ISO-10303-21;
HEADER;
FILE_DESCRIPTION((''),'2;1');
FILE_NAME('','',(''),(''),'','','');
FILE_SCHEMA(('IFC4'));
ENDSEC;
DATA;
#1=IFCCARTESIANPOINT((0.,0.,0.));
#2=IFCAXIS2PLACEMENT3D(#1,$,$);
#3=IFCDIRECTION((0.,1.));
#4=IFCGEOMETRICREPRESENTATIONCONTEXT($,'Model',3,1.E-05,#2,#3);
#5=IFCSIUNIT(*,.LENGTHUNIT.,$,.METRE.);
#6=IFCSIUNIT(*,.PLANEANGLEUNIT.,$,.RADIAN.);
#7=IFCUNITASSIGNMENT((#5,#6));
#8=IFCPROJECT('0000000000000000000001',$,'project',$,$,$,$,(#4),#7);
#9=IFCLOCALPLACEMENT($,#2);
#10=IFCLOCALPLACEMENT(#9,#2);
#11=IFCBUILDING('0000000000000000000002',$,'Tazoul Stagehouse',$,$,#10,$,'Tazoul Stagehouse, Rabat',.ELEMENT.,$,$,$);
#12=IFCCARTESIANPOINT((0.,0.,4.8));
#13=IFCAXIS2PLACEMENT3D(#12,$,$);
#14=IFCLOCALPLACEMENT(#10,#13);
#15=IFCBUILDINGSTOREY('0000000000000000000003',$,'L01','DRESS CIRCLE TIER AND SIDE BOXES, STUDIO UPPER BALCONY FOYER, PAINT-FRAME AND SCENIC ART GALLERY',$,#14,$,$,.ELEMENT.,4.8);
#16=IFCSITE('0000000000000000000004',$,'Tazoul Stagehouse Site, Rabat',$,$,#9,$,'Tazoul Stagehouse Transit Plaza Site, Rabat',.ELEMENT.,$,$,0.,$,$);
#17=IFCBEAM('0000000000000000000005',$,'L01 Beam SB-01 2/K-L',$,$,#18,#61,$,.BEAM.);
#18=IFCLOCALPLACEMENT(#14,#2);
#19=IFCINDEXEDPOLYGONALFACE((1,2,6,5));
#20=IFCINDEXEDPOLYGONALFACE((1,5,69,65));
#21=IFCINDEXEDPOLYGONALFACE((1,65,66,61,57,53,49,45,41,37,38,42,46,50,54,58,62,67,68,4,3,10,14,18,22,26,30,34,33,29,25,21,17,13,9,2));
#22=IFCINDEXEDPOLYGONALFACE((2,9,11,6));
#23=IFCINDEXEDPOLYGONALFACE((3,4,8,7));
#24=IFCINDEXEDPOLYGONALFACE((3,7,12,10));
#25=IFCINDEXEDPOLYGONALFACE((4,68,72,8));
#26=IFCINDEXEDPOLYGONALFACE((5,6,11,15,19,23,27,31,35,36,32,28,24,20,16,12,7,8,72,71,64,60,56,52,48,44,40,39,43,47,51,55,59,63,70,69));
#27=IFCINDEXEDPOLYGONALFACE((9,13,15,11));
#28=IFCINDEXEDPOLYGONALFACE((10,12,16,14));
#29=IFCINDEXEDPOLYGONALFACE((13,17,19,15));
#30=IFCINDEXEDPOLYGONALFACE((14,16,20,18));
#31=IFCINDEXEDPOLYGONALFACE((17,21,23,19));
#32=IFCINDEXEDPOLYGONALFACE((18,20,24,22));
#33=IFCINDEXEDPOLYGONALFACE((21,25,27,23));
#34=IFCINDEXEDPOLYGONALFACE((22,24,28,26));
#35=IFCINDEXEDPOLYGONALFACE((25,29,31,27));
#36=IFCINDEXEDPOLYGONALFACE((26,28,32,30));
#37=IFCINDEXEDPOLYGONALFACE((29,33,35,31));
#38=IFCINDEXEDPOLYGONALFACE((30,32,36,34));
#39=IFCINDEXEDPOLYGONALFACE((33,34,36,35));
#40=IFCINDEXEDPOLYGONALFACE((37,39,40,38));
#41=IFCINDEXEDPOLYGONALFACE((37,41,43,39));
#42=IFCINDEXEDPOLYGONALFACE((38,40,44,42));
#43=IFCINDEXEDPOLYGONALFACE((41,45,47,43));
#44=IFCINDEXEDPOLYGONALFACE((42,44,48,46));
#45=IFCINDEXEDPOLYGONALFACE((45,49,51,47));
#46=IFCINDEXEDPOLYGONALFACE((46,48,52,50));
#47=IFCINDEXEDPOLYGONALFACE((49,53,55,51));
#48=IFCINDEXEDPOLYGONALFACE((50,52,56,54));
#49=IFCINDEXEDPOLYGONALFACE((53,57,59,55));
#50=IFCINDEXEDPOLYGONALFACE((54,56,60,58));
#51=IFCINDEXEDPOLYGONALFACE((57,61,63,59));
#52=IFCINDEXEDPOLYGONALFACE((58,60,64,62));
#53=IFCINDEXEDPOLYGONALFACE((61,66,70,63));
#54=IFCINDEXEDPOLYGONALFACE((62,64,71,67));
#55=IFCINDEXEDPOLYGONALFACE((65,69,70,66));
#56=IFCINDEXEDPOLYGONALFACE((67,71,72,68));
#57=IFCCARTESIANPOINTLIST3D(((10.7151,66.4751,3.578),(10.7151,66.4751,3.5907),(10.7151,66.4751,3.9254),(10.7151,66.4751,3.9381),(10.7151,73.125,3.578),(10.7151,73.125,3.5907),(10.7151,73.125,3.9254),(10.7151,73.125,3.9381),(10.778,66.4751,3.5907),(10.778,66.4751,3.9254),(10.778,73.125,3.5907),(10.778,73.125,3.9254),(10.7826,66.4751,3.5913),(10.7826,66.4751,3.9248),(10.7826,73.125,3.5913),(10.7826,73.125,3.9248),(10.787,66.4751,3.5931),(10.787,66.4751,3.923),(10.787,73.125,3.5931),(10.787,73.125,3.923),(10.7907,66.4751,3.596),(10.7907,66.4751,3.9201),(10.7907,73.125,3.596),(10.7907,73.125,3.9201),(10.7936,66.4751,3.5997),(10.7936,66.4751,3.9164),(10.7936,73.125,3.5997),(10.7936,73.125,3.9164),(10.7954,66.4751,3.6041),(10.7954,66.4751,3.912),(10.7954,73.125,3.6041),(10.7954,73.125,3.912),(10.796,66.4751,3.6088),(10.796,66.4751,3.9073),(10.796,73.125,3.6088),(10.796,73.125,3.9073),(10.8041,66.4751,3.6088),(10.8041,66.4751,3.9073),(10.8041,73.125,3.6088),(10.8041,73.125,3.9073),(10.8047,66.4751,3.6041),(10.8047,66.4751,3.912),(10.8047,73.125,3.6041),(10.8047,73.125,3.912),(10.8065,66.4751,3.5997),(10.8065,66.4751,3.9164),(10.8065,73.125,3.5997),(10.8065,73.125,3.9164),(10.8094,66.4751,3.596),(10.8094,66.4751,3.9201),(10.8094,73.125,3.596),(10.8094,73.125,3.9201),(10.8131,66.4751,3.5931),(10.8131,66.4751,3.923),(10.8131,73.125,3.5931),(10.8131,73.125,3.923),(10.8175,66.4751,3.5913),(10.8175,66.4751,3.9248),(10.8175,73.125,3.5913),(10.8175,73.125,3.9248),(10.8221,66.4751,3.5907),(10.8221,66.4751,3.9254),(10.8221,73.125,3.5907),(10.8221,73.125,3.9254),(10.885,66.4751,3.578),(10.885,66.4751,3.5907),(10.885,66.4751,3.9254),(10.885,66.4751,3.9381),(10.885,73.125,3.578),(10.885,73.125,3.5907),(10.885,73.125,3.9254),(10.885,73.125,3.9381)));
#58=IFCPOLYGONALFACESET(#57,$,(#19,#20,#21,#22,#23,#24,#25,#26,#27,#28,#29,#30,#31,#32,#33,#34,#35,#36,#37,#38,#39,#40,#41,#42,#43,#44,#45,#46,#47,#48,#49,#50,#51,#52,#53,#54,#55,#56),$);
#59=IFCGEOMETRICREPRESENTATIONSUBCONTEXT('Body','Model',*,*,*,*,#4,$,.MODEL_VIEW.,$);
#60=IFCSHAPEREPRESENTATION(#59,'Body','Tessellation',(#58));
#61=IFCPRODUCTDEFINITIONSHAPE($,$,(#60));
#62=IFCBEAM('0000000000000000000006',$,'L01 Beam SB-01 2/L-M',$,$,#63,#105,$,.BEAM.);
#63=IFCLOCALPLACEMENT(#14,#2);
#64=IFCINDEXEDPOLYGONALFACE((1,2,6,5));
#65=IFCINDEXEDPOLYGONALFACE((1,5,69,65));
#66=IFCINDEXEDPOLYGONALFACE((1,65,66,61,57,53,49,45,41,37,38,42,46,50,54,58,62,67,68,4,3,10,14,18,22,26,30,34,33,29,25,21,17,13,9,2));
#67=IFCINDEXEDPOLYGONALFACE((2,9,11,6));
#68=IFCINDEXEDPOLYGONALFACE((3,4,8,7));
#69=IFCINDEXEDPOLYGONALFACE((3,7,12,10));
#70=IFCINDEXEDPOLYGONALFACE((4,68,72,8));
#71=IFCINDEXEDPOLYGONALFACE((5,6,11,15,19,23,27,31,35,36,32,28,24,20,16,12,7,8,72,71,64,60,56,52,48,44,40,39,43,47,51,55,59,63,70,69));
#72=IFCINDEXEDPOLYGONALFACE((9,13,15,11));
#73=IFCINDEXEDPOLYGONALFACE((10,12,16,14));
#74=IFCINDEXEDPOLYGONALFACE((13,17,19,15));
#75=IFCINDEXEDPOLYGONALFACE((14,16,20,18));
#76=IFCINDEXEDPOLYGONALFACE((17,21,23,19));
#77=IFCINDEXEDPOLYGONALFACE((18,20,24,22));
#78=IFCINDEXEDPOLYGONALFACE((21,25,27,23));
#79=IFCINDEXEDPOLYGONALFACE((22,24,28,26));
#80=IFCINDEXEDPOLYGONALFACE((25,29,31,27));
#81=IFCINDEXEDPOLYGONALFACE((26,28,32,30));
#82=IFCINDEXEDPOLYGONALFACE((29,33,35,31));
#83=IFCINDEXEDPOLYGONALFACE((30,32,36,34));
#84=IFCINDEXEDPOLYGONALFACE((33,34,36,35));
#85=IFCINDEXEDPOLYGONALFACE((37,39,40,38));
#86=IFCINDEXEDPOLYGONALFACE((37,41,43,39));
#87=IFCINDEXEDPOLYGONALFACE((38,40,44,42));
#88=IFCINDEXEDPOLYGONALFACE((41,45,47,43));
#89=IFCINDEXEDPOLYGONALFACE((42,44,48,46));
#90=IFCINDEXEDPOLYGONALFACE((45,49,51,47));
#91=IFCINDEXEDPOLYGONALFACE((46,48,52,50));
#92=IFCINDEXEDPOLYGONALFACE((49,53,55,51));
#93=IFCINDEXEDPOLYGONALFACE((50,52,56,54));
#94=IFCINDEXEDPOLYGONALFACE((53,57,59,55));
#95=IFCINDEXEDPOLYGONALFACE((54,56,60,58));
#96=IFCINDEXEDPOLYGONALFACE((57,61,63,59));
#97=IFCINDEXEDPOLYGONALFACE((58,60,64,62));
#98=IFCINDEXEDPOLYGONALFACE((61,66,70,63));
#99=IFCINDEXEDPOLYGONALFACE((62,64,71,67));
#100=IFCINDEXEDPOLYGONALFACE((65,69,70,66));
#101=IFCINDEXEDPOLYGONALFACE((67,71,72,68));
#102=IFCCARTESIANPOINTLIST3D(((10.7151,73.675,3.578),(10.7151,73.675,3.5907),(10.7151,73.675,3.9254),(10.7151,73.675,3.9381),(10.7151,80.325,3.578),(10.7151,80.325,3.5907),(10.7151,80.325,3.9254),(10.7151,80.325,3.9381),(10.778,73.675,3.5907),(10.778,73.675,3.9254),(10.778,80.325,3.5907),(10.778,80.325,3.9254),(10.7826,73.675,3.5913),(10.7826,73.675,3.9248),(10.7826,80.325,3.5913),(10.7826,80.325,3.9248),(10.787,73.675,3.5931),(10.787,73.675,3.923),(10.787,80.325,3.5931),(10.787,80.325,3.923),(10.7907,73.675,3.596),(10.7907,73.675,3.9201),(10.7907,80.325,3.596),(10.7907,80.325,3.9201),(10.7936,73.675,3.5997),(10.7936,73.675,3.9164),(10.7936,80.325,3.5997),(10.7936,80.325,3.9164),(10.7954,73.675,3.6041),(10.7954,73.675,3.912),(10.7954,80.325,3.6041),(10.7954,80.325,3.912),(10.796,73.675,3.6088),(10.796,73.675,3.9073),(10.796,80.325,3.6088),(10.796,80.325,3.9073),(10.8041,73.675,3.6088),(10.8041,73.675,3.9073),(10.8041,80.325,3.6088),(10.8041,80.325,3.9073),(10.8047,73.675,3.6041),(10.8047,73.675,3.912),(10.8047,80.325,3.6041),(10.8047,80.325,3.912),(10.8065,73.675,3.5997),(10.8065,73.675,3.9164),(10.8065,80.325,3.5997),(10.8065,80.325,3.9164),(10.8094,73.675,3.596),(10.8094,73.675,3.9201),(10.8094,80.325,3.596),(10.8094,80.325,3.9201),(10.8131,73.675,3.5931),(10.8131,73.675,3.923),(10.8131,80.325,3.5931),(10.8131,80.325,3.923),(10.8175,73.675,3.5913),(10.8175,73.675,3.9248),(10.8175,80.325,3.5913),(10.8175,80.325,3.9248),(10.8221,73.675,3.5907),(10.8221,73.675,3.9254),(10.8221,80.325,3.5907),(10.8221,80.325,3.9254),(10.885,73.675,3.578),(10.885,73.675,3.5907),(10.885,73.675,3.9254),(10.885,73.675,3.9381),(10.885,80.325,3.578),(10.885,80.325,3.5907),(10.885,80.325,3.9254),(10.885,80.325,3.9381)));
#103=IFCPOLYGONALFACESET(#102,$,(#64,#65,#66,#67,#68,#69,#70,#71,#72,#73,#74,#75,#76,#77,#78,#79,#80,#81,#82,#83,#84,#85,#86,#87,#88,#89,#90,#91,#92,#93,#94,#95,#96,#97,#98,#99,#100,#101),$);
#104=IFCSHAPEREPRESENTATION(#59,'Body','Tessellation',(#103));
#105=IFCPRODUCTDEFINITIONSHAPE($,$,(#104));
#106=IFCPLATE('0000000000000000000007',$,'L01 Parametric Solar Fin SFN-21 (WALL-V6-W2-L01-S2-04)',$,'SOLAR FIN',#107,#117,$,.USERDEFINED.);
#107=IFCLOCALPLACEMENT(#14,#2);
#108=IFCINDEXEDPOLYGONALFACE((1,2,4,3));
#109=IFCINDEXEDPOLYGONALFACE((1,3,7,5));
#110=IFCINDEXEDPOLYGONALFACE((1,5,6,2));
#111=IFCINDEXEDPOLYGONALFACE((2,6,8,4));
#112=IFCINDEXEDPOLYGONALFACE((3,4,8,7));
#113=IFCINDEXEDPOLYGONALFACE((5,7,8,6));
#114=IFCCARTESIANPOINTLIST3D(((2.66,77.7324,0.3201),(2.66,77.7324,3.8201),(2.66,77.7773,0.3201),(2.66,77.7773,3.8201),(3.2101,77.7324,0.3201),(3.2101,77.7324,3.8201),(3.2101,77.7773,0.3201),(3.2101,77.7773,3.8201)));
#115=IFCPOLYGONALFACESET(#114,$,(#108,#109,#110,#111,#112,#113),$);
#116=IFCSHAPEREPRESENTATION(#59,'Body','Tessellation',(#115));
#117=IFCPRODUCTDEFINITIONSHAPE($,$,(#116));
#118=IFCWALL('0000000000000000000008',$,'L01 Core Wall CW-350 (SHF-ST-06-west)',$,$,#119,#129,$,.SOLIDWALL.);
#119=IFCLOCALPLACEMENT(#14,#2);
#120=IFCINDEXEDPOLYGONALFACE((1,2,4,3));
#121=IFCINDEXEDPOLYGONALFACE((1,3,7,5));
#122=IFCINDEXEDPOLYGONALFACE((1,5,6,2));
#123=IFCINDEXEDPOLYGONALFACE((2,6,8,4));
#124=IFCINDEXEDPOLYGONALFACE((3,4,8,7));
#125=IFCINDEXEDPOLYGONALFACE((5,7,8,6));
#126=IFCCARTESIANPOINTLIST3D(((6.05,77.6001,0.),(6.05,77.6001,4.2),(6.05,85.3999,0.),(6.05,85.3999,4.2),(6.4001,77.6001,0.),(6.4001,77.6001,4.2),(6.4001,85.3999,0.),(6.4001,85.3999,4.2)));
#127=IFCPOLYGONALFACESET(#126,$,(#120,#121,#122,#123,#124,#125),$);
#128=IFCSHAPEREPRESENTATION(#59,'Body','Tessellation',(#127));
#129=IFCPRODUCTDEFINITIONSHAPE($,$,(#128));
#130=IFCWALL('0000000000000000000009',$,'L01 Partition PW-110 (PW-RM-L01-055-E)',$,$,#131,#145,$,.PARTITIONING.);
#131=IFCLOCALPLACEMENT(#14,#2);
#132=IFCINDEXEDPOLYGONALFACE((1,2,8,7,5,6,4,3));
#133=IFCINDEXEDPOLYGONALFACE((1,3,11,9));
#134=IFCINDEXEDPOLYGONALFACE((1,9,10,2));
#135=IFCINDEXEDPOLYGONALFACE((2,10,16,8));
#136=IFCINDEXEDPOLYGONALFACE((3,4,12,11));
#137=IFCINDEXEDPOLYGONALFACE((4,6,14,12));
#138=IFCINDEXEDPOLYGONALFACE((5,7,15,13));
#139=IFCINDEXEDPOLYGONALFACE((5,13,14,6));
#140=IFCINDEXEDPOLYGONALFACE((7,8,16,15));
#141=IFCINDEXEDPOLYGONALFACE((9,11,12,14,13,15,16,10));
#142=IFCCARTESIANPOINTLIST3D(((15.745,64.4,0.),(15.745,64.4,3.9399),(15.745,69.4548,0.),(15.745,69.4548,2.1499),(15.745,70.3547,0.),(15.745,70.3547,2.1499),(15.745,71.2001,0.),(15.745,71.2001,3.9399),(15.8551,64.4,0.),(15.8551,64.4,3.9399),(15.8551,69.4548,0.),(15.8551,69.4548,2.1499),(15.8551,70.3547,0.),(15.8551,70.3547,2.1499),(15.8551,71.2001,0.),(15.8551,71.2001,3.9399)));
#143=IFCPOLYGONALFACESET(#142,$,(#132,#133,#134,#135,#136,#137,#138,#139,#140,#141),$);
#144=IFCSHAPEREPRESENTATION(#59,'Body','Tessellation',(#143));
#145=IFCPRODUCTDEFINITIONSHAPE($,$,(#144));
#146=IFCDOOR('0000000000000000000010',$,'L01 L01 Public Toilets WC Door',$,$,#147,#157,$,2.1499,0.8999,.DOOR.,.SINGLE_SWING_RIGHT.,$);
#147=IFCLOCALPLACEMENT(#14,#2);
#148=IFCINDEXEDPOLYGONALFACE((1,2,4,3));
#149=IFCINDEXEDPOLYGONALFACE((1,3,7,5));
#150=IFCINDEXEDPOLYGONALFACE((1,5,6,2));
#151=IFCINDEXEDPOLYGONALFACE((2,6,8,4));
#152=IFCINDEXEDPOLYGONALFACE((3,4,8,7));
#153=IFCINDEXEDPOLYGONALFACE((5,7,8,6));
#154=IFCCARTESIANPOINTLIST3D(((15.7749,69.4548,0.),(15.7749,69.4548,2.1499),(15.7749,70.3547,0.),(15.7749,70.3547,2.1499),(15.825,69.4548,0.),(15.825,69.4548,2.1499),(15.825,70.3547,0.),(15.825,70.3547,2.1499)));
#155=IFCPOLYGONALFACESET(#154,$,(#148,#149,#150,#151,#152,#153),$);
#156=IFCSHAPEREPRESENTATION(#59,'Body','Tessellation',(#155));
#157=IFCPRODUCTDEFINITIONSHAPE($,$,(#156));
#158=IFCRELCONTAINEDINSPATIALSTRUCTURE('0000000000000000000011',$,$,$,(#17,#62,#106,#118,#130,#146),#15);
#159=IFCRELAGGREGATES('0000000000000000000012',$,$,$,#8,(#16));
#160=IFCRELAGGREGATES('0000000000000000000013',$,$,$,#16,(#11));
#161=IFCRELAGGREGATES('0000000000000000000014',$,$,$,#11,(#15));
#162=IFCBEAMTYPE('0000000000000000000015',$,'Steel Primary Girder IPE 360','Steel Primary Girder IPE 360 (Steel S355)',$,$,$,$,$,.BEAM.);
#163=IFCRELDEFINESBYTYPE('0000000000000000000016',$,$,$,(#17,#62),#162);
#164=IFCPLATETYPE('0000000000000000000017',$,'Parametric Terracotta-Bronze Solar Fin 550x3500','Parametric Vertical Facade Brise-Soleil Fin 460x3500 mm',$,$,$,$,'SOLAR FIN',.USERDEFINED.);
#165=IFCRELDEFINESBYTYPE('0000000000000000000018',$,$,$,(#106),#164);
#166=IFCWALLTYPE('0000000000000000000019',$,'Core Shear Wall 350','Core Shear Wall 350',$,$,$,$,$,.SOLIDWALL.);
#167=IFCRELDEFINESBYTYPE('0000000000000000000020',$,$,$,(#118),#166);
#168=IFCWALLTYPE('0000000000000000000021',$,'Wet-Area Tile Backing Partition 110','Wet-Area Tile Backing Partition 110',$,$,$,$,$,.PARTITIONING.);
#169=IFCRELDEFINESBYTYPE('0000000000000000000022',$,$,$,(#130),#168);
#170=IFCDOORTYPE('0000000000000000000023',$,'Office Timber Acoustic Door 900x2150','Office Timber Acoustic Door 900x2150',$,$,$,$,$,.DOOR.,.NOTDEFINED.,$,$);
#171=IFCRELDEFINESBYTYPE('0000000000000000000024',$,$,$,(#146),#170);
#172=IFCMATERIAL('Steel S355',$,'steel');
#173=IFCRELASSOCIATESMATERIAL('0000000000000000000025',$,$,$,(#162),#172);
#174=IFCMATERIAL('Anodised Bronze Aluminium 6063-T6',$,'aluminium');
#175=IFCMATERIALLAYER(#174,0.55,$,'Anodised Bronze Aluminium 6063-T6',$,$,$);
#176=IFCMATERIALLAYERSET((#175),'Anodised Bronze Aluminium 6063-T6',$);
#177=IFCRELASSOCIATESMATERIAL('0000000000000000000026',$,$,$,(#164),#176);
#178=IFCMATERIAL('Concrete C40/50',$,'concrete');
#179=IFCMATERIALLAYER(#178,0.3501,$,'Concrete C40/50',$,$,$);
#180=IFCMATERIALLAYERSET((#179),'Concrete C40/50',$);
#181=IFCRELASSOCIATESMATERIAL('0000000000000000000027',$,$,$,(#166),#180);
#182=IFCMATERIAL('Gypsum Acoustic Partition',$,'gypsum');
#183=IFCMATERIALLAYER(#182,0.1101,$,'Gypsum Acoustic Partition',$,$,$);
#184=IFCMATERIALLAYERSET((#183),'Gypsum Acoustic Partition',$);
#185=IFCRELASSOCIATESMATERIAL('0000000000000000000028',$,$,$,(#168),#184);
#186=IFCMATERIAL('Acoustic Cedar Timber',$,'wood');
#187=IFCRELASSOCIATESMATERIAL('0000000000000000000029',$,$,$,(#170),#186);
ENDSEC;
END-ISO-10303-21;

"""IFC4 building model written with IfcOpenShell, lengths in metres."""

from ifc_helpers import new_model, si_unit, direction, frame, frame_2d, origin, origin_2d, place, context, subcontext, project, spatial, rectangle, i_section, extrude, material, layer, layer_set, material_profile, profile_set, type_object, element, fill, save


model = new_model("IFC4")

# Units and contexts
model_context = context("Model", 3, precision=1e-05, world=origin(), true_north=direction((0.0, 1.0)))
body_context = subcontext(model_context, "Body", "Model", "MODEL_VIEW")
ifc_project = project(units=[si_unit("LENGTHUNIT", "METRE"), si_unit("PLANEANGLEUNIT", "RADIAN")], contexts=[model_context])

# Site, building, storey
site_placement = place(None, origin())
site = spatial("IfcSite", under=ifc_project, at=site_placement, Name="Tazoul Stagehouse Site, Rabat", LongName="Tazoul Stagehouse Transit Plaza Site, Rabat", CompositionType="ELEMENT", RefElevation=0.0)
building_placement = place(site_placement, origin())
building = spatial("IfcBuilding", under=site, at=building_placement, Name="Tazoul Stagehouse", LongName="Tazoul Stagehouse, Rabat", CompositionType="ELEMENT")
storey_placement = place(building_placement, frame((0.0, 0.0, 4.8)))
storey = spatial("IfcBuildingStorey", under=building, at=storey_placement, Name="L01", Description="DRESS CIRCLE TIER AND SIDE BOXES, STUDIO UPPER BALCONY FOYER, PAINT-FRAME AND SCENIC ART GALLERY", CompositionType="ELEMENT", Elevation=4.8)

# Shared definitions
ifc_material_1 = material(Name="Concrete C40/50", Category="concrete")

# Beams
ifc_material_2 = material(Name="Steel S355", Category="steel")
ifc_material_profile_1 = material_profile(ifc_material_2, i_section(OverallWidth=0.1699, OverallDepth=0.3601, WebThickness=0.0081, FlangeThickness=0.0127, FilletRadius=0.0181, at=origin_2d()), Name="IPE 360")
ifc_profile_set_1 = profile_set([ifc_material_profile_1], Name="Steel S355")
beam_type_1 = type_object("IfcBeamType", Name="Steel Primary Girder IPE 360", Description="Steel Primary Girder IPE 360 (Steel S355)", PredefinedType="BEAM", material=ifc_profile_set_1)
for number, where, z_axis, x_axis, name in (
    (1, (10.8, 66.4751, 3.7581), (0.0, 1.0, 0.0), (-1.0, 0.0, 0.0), "L01 Beam SB-01 2/K-L"),
    (2, (10.8, 73.675, 3.7581), (0.0, 1.0, 0.0), (-1.0, 0.0, 0.0), "L01 Beam SB-01 2/L-M"),
):
    element("IfcBeam", number, at=place(storey_placement, frame(where, z_axis=z_axis, x_axis=x_axis)), inside=storey, type_object=beam_type_1, Name=name, PredefinedType="BEAM", context=body_context, shape_type="SweptSolid", body=[
        extrude(i_section(OverallWidth=0.1699, OverallDepth=0.3601, WebThickness=0.0081, FlangeThickness=0.0127, FilletRadius=0.0181, at=origin_2d()), origin(), (0.0, 0.0, 1.0), 6.6499),
    ])

# Plate
ifc_material_3 = material(Name="Anodised Bronze Aluminium 6063-T6", Category="aluminium")
ifc_layer_1 = layer(ifc_material_3, 0.55, Name="Anodised Bronze Aluminium 6063-T6")
ifc_layer_set_1 = layer_set([ifc_layer_1], Name="Anodised Bronze Aluminium 6063-T6")
plate_type = type_object("IfcPlateType", Name="Parametric Terracotta-Bronze Solar Fin 550x3500", Description="Parametric Vertical Facade Brise-Soleil Fin 460x3500 mm", ElementType="SOLAR FIN", PredefinedType="USERDEFINED", material=ifc_layer_set_1)
plate_placement = place(storey_placement, frame((2.9351, 77.7549, 0.3201), z_axis=(0.0, 0.0, 1.0), x_axis=(0.0, 1.0, 0.0)))
element("IfcPlate", 3, at=plate_placement, inside=storey, type_object=plate_type, Name="L01 Parametric Solar Fin SFN-21 (WALL-V6-W2-L01-S2-04)", ObjectType="SOLAR FIN", PredefinedType="USERDEFINED", context=body_context, shape_type="SweptSolid", body=[
    extrude(rectangle(XDim=0.0449, YDim=0.55, at=origin_2d()), origin(), (0.0, 0.0, 1.0), 3.5),
])

# Shared definitions
ifc_layer_2 = layer(ifc_material_1, 0.3501, Name="Concrete C40/50")
ifc_layer_set_2 = layer_set([ifc_layer_2], Name="Concrete C40/50")
wall_type_1 = type_object("IfcWallType", Name="Core Shear Wall 350", Description="Core Shear Wall 350", PredefinedType="SOLIDWALL", material=ifc_layer_set_2)

# Wall
wall_1_placement = place(storey_placement, frame((6.2251, 77.6001, 0.0), z_axis=(0.0, 0.0, 1.0), x_axis=(0.0, 1.0, 0.0)))
element("IfcWall", 4, at=wall_1_placement, inside=storey, type_object=wall_type_1, Name="L01 Core Wall CW-350 (SHF-ST-06-west)", PredefinedType="SOLIDWALL", context=body_context, shape_type="SweptSolid", body=[
    extrude(rectangle(XDim=7.7998, YDim=0.3501, at=frame_2d((3.8999, 0.0))), origin(), (0.0, 0.0, 1.0), 4.2),
])

# Wall, opening, door
ifc_material_4 = material(Name="Gypsum Acoustic Partition", Category="gypsum")
ifc_layer_3 = layer(ifc_material_4, 0.1101, Name="Gypsum Acoustic Partition")
ifc_layer_set_3 = layer_set([ifc_layer_3], Name="Gypsum Acoustic Partition")
wall_type_2 = type_object("IfcWallType", Name="Wet-Area Tile Backing Partition 110", Description="Wet-Area Tile Backing Partition 110", PredefinedType="PARTITIONING", material=ifc_layer_set_3)
wall_2_placement = place(storey_placement, frame((15.8, 71.2, 0.0), z_axis=(0.0, 0.0, 1.0), x_axis=(0.0, -1.0, 0.0)))
wall_2 = element("IfcWall", 5, at=wall_2_placement, inside=storey, type_object=wall_type_2, Name="L01 Partition PW-110 (PW-RM-L01-055-E)", PredefinedType="PARTITIONING", context=body_context, shape_type="SweptSolid", body=[
    extrude(rectangle(XDim=6.8, YDim=0.1101, at=frame_2d((3.3999, 0.0))), origin(), (0.0, 0.0, 1.0), 3.9399),
])
opening_1_placement = place(wall_2_placement, frame((0.8452, 0.0, 0.0)))
opening_1 = element("IfcOpeningElement", 6, at=opening_1_placement, cuts=wall_2, PredefinedType="OPENING", context=body_context, shape_type="SweptSolid", body=[
    extrude(rectangle(XDim=0.8999, YDim=2.1499, at=frame_2d((0.45, 1.075))), frame((0.0, 0.075, 0.0), z_axis=(0.0, -1.0, 0.0), x_axis=(1.0, 0.0, 0.0)), (0.0, 0.0, 1.0), 0.1501),
])
ifc_material_5 = material(Name="Acoustic Cedar Timber", Category="wood")
door_type_1 = type_object("IfcDoorType", Name="Office Timber Acoustic Door 900x2150", Description="Office Timber Acoustic Door 900x2150", OperationType="NOTDEFINED", PredefinedType="DOOR", material=ifc_material_5)
door_1_placement = place(opening_1_placement, origin())
door_1 = element("IfcDoor", 7, at=door_1_placement, inside=storey, type_object=door_type_1, Name="L01 L01 Public Toilets WC Door", OperationType="SINGLE_SWING_RIGHT", OverallHeight=2.1499, OverallWidth=0.8999, PredefinedType="DOOR", context=body_context, shape_type="SweptSolid", body=[
    extrude(rectangle(XDim=0.8999, YDim=2.1499, at=frame_2d((0.45, 1.075))), frame((0.0, 0.0249, 0.0), z_axis=(0.0, -1.0, 0.0), x_axis=(1.0, 0.0, 0.0)), (0.0, 0.0, 1.0), 0.05),
])
fill(opening_1, door_1)

save(model, "model.ifc")
